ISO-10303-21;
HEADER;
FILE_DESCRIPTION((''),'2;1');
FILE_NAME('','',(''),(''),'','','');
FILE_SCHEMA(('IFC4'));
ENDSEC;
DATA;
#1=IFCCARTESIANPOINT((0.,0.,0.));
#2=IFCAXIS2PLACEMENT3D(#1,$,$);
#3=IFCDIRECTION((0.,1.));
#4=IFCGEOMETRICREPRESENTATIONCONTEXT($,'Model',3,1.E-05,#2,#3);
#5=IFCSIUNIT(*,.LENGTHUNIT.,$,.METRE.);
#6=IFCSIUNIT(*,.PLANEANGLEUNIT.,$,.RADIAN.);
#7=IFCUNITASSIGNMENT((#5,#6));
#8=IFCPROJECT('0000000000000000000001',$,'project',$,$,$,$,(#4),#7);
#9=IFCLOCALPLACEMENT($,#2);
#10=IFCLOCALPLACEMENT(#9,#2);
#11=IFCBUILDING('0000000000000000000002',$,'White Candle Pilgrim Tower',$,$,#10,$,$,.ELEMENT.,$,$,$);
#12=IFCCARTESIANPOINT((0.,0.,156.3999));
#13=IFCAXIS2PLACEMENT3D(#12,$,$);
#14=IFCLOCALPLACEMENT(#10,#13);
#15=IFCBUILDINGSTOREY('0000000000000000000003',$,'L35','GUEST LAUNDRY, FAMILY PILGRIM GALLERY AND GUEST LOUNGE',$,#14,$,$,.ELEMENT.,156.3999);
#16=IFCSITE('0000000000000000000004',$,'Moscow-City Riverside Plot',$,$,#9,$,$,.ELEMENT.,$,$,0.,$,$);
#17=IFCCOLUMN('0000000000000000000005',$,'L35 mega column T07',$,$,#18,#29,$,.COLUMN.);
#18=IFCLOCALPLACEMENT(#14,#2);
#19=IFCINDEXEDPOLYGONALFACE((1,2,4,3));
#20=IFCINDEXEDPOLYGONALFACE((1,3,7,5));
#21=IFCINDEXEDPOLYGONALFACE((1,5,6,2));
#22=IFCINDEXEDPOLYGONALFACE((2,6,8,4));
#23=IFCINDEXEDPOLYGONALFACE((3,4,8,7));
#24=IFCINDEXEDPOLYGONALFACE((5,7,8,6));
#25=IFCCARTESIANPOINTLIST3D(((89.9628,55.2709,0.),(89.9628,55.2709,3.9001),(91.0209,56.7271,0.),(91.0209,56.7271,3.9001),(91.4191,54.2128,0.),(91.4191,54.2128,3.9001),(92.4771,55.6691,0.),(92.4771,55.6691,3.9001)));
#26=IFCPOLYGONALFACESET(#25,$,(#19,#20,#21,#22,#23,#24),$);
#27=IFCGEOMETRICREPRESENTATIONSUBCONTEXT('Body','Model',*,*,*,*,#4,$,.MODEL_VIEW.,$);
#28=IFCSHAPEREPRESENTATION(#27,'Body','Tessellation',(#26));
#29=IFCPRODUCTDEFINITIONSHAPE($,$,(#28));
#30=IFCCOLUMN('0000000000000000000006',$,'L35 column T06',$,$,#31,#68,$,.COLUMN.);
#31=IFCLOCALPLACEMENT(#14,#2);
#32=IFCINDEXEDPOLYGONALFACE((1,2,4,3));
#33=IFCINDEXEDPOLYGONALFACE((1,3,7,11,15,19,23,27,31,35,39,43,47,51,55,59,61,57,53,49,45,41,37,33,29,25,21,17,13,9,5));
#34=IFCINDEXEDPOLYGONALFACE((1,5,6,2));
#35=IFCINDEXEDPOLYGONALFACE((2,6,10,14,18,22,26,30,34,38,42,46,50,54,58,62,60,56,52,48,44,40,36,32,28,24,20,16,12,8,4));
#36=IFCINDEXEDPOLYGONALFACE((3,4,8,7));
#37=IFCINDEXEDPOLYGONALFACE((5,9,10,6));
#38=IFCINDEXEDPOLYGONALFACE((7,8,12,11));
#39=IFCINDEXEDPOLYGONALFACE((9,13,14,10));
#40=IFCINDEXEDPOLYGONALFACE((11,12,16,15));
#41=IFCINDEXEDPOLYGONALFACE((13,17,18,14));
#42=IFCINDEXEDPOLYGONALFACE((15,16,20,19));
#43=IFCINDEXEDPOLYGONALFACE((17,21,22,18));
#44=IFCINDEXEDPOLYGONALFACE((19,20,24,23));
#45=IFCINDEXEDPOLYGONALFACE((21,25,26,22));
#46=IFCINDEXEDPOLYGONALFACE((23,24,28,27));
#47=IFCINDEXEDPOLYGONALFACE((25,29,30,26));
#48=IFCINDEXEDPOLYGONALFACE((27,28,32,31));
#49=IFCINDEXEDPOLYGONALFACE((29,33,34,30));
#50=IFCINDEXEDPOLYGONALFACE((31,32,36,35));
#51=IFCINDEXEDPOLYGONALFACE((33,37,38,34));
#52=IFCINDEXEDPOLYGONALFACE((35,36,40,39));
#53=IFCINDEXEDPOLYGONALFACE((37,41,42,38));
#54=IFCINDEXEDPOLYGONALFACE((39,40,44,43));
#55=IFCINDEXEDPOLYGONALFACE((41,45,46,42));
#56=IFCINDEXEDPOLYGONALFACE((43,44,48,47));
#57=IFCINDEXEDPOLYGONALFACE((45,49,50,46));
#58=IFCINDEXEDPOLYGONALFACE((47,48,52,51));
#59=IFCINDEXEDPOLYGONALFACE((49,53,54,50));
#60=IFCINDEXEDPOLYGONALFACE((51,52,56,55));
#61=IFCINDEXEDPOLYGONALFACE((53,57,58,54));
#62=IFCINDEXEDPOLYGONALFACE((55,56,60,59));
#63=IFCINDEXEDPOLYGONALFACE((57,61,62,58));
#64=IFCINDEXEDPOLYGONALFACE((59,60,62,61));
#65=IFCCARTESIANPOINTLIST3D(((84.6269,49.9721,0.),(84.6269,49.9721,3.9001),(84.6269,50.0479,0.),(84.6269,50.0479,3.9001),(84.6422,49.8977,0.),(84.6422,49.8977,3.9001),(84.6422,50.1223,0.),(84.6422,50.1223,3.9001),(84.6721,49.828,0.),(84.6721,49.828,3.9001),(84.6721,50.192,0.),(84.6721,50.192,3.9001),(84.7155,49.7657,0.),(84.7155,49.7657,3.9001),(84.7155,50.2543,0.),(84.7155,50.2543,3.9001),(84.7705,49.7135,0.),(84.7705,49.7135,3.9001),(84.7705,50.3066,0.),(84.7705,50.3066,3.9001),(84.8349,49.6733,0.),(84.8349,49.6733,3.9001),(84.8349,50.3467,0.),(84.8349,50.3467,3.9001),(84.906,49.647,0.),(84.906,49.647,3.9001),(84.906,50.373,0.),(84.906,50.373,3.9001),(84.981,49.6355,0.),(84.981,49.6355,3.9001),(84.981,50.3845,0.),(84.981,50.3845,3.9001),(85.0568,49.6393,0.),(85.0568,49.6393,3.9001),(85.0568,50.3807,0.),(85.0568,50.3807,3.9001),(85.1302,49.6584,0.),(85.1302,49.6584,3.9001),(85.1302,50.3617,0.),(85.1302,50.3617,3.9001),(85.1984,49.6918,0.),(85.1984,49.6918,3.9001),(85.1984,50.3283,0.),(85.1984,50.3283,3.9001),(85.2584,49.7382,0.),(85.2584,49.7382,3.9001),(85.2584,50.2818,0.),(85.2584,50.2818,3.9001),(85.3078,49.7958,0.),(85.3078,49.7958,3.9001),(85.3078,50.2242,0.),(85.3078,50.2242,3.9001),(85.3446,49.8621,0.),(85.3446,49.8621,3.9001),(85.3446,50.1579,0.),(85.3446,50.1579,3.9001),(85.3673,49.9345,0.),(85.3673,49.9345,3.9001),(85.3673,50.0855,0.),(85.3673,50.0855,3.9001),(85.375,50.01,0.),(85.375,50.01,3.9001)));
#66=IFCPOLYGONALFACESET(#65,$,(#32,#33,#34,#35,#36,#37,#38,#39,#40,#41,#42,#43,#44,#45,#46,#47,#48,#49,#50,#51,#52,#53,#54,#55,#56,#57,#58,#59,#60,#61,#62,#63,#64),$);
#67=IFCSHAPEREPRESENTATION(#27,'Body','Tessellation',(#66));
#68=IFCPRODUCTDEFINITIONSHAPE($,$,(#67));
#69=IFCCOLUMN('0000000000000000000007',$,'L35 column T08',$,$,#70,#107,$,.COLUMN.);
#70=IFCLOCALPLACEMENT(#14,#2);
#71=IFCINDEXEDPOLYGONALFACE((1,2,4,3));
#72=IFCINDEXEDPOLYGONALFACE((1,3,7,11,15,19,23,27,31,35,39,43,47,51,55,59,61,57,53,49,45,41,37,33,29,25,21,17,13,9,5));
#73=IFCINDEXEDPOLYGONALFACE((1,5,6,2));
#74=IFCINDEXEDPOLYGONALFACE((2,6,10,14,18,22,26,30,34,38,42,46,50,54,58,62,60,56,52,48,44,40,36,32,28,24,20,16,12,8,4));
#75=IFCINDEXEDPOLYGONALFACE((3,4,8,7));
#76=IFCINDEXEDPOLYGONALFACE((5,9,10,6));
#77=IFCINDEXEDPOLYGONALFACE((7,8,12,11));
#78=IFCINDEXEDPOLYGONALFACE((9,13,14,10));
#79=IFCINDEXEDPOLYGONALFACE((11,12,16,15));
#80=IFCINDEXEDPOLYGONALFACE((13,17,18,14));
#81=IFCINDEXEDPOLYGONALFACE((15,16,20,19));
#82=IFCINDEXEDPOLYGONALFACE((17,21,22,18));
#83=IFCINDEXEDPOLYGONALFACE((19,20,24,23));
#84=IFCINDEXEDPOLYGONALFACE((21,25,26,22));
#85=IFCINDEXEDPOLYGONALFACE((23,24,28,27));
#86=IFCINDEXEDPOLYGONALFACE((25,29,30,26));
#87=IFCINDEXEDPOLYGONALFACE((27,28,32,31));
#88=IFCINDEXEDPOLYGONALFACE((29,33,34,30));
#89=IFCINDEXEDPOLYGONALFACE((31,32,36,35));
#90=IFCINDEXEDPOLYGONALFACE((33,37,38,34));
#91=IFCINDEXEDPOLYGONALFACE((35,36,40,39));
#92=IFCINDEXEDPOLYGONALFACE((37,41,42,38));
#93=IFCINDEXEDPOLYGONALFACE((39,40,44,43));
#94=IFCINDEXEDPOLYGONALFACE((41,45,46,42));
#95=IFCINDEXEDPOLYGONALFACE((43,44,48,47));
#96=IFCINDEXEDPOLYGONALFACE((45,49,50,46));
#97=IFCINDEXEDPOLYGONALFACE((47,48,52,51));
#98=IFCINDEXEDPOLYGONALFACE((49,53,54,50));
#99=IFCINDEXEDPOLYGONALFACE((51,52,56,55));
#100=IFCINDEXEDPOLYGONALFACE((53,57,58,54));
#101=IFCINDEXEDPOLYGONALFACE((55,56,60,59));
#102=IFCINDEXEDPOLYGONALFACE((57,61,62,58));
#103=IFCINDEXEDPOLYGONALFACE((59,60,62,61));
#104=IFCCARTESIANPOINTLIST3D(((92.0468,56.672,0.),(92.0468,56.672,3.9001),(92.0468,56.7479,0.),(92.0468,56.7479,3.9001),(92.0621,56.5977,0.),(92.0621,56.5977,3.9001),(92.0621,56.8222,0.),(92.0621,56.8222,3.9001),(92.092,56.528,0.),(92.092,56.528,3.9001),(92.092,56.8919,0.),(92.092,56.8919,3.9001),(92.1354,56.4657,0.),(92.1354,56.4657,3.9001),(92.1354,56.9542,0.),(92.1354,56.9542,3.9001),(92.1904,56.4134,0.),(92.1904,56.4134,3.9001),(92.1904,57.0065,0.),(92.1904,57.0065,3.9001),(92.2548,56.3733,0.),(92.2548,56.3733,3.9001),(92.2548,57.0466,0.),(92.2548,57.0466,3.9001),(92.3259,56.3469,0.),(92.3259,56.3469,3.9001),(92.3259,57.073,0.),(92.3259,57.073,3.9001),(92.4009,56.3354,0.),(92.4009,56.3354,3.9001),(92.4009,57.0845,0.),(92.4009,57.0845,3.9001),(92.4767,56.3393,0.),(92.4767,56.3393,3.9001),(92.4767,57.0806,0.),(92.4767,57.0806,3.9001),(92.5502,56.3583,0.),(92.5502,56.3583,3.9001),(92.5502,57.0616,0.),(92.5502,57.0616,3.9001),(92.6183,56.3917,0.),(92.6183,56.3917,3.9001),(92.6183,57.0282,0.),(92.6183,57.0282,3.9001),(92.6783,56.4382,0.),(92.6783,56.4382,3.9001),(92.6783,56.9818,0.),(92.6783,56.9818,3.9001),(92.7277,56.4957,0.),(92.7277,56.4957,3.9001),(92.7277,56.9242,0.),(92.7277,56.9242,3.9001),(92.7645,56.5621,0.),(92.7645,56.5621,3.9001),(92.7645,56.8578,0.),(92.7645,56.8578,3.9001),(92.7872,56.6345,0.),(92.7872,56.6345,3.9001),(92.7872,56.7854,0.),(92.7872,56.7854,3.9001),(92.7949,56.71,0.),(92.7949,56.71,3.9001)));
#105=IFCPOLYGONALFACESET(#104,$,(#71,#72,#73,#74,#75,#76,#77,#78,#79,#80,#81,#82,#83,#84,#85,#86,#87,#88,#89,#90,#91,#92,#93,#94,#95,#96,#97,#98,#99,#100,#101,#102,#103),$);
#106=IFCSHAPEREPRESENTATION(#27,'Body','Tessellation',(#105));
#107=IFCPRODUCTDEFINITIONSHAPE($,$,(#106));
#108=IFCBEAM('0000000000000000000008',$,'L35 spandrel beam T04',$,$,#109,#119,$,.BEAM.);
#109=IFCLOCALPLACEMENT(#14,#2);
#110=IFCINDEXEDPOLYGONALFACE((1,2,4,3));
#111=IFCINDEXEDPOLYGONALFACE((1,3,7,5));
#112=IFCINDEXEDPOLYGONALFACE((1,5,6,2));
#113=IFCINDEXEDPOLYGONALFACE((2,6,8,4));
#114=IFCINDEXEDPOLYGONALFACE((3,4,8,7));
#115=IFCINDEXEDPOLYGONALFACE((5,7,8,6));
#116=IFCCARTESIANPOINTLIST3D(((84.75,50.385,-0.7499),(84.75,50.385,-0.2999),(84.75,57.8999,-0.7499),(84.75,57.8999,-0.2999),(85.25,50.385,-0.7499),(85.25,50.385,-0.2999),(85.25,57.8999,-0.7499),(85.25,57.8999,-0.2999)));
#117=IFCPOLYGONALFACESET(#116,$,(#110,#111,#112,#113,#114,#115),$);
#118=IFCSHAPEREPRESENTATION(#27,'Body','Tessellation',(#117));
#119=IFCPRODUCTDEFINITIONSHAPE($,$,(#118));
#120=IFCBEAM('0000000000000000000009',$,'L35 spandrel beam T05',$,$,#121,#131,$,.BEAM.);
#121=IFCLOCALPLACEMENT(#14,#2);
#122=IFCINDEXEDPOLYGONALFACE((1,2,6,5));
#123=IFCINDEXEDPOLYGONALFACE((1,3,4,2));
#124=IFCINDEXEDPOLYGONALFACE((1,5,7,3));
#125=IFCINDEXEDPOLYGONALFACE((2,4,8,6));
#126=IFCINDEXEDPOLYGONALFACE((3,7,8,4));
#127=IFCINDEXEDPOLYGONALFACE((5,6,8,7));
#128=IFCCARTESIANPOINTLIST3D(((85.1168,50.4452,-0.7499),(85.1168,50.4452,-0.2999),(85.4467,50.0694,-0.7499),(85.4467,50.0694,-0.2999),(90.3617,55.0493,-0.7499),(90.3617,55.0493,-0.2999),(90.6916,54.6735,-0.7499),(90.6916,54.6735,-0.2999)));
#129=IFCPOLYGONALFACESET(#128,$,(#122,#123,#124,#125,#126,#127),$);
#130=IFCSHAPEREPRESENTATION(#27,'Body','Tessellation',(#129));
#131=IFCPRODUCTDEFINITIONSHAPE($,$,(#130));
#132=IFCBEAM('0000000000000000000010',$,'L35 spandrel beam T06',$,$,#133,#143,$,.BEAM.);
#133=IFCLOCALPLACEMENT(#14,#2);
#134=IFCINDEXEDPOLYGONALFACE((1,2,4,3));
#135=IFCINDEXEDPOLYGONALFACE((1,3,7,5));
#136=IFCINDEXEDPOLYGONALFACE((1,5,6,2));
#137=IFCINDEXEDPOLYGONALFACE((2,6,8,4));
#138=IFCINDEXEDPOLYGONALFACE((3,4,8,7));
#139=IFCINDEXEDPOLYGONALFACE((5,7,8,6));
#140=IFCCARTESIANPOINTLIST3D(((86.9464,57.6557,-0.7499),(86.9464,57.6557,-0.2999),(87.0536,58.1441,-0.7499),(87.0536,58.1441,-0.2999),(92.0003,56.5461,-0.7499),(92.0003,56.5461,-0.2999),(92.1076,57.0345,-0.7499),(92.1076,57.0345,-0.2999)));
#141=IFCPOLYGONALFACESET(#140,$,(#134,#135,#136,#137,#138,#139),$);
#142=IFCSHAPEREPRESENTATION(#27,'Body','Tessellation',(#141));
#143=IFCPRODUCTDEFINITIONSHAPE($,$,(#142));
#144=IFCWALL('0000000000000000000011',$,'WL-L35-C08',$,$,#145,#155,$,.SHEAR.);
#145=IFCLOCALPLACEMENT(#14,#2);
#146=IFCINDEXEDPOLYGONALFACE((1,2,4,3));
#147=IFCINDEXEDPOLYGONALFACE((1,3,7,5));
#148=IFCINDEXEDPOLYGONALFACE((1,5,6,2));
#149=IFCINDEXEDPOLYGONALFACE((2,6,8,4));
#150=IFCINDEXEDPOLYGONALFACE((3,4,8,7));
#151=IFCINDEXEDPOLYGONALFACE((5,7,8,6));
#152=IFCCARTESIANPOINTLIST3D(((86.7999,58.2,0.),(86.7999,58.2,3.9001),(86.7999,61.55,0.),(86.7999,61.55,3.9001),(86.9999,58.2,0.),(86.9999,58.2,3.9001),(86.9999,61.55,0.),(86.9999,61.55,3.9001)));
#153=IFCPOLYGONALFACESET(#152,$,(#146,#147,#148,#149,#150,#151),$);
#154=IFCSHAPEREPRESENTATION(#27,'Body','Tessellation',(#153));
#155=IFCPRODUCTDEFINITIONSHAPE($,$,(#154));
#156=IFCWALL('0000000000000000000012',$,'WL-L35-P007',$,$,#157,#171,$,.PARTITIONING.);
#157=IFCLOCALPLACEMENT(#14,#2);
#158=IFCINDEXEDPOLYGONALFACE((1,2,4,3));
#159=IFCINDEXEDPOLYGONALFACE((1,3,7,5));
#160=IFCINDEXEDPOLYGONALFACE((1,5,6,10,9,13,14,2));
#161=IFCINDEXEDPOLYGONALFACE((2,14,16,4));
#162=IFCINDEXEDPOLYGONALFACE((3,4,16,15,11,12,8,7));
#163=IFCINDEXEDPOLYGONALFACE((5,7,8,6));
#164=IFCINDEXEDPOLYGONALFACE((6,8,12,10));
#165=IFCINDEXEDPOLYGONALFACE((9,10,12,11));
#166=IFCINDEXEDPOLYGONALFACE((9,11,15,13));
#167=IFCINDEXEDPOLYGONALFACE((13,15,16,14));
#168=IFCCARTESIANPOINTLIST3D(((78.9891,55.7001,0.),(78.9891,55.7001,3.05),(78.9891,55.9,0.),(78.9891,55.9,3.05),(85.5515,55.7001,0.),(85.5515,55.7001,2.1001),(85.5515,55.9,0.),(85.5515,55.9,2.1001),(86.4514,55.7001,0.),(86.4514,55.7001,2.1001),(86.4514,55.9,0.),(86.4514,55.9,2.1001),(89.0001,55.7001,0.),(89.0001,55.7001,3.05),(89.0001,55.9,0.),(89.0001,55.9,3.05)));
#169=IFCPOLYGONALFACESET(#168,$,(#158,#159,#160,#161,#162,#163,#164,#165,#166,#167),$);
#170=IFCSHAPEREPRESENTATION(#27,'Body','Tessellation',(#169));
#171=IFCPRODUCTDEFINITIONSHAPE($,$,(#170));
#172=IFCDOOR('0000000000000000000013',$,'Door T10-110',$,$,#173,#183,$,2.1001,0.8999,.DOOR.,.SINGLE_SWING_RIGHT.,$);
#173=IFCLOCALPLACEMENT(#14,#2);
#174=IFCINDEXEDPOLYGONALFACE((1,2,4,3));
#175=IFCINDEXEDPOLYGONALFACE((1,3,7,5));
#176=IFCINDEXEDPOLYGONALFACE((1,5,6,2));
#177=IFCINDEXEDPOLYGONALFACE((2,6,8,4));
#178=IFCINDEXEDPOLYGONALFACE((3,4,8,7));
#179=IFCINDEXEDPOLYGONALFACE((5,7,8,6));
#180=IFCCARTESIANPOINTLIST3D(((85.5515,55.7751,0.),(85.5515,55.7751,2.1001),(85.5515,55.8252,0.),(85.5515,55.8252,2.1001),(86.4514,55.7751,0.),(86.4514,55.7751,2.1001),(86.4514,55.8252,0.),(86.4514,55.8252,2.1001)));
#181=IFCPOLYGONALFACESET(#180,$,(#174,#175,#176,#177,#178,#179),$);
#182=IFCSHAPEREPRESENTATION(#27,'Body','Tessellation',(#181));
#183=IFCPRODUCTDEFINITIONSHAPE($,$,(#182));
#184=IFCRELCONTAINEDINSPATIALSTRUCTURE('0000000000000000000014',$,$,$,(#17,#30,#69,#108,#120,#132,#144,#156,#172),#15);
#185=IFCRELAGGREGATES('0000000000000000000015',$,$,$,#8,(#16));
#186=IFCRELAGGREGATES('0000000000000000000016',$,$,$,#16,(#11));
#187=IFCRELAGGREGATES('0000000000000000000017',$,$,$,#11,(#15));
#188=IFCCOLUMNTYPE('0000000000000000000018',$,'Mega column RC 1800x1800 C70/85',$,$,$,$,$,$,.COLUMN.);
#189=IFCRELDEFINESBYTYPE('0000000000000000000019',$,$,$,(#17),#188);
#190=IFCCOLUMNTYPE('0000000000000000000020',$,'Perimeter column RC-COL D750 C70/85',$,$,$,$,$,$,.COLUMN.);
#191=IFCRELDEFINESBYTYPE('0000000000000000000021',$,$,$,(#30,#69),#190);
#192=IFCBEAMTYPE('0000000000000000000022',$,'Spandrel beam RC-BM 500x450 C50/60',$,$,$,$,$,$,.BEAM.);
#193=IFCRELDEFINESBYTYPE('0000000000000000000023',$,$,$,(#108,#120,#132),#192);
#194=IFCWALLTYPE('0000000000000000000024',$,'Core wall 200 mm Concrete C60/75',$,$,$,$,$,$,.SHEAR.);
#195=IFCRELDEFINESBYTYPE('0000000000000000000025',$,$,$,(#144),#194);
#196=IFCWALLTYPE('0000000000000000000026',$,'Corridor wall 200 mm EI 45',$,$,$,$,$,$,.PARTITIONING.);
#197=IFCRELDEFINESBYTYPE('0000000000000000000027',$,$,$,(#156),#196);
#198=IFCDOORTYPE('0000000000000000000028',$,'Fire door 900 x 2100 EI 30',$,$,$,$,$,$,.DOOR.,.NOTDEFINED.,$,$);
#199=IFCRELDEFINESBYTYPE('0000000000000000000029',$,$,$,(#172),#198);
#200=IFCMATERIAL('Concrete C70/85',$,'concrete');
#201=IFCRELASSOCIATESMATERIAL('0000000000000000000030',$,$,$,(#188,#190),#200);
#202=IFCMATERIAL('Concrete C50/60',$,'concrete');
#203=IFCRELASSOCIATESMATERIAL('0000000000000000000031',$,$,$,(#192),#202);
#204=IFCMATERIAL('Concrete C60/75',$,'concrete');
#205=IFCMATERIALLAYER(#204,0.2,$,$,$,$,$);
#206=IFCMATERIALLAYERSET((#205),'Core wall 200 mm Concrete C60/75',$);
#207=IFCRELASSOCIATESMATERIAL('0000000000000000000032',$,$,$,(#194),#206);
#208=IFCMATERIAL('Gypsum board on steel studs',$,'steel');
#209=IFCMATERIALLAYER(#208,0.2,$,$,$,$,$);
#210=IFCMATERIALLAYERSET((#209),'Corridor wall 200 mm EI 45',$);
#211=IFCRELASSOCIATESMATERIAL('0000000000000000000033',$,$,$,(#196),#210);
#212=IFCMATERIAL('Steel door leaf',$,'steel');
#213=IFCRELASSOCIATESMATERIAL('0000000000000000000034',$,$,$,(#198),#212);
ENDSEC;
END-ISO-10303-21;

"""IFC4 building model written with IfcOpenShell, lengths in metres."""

from ifc_helpers import new_model, si_unit, direction, frame, frame_2d, origin, origin_2d, place, context, subcontext, project, spatial, rectangle, circle, extrude, material, layer, layer_set, material_profile, profile_set, type_object, element, fill, save


model = new_model("IFC4")

# Units and contexts
model_context = context("Model", 3, precision=1e-05, world=origin(), true_north=direction((0.0, 1.0)))
body_context = subcontext(model_context, "Body", "Model", "MODEL_VIEW")
ifc_project = project(units=[si_unit("LENGTHUNIT", "METRE"), si_unit("PLANEANGLEUNIT", "RADIAN")], contexts=[model_context])

# Site, building, storey
site_placement = place(None, origin())
site = spatial("IfcSite", under=ifc_project, at=site_placement, Name="Moscow-City Riverside Plot", CompositionType="ELEMENT", RefElevation=0.0)
building_placement = place(site_placement, origin())
building = spatial("IfcBuilding", under=site, at=building_placement, Name="White Candle Pilgrim Tower", CompositionType="ELEMENT")
storey_placement = place(building_placement, frame((0.0, 0.0, 156.3999)))
storey = spatial("IfcBuildingStorey", under=building, at=storey_placement, Name="L35", Description="GUEST LAUNDRY, FAMILY PILGRIM GALLERY AND GUEST LOUNGE", CompositionType="ELEMENT", Elevation=156.3999)

# Columns
ifc_material_1 = material(Name="Concrete C70/85", Category="concrete")
ifc_material_profile_1 = material_profile(ifc_material_1, rectangle(XDim=1.8, YDim=1.8, at=origin_2d()), Name="RC 1800x1800")
ifc_profile_set_1 = profile_set([ifc_material_profile_1], Name="Concrete C70/85")
column_type_1 = type_object("IfcColumnType", Name="Mega column RC 1800x1800 C70/85", PredefinedType="COLUMN", material=ifc_profile_set_1)
column_placement = place(storey_placement, frame((91.22, 55.47, 0.0), z_axis=(0.0, 0.0, 1.0), x_axis=(0.809017, -0.587785, 0.0)))
element("IfcColumn", 1, at=column_placement, inside=storey, type_object=column_type_1, Name="L35 mega column T07", PredefinedType="COLUMN", context=body_context, shape_type="SweptSolid", body=[
    extrude(rectangle(XDim=1.8, YDim=1.8, at=origin_2d()), origin(), (0.0, 0.0, 1.0), 3.9001),
])
ifc_material_profile_2 = material_profile(ifc_material_1, circle(Radius=0.375, at=origin_2d()), Name="RC-COL D750")
ifc_profile_set_2 = profile_set([ifc_material_profile_2], Name="Concrete C70/85")
column_type_2 = type_object("IfcColumnType", Name="Perimeter column RC-COL D750 C70/85", PredefinedType="COLUMN", material=ifc_profile_set_2)
for number, where, z_axis, x_axis, name in (
    (2, (85.0, 50.01, 0.0), (0.0, 0.0, 1.0), (1.0, 0.0, 0.0), "L35 column T06"),
    (3, (92.4199, 56.71, 0.0), (0.0, 0.0, 1.0), (1.0, 0.0, 0.0), "L35 column T08"),
):
    element("IfcColumn", number, at=place(storey_placement, frame(where, z_axis=z_axis, x_axis=x_axis)), inside=storey, type_object=column_type_2, Name=name, PredefinedType="COLUMN", context=body_context, shape_type="SweptSolid", body=[
        extrude(circle(Radius=0.375, at=origin_2d()), origin(), (0.0, 0.0, 1.0), 3.9001),
    ])

# Beams
ifc_material_2 = material(Name="Concrete C50/60", Category="concrete")
ifc_material_profile_3 = material_profile(ifc_material_2, rectangle(XDim=0.5, YDim=0.45, at=origin_2d()), Name="RC-BM 500x450")
ifc_profile_set_3 = profile_set([ifc_material_profile_3], Name="Concrete C50/60")
beam_type = type_object("IfcBeamType", Name="Spandrel beam RC-BM 500x450 C50/60", PredefinedType="BEAM", material=ifc_profile_set_3)
beam_1_placement = place(storey_placement, frame((85.0, 50.385, -0.5249), z_axis=(0.0, 1.0, 0.0), x_axis=(-1.0, 0.0, 0.0)))
element("IfcBeam", 4, at=beam_1_placement, inside=storey, type_object=beam_type, Name="L35 spandrel beam T04", PredefinedType="BEAM", context=body_context, shape_type="SweptSolid", body=[
    extrude(rectangle(XDim=0.5, YDim=0.45, at=origin_2d()), origin(), (0.0, 0.0, 1.0), 7.5149),
])
beam_2_placement = place(storey_placement, frame((85.2817, 50.2573, -0.5249), z_axis=(0.751529, 0.6597, 0.0), x_axis=(-0.6597, 0.751529, 0.0)))
element("IfcBeam", 5, at=beam_2_placement, inside=storey, type_object=beam_type, Name="L35 spandrel beam T05", PredefinedType="BEAM", context=body_context, shape_type="SweptSolid", body=[
    extrude(rectangle(XDim=0.5, YDim=0.45, at=origin_2d()), origin(), (0.0, 0.0, 1.0), 6.979),
])
beam_3_placement = place(storey_placement, frame((92.054, 56.7903, -0.5249), z_axis=(-0.976736, 0.214447, 0.0), x_axis=(-0.214447, -0.976736, 0.0)))
element("IfcBeam", 6, at=beam_3_placement, inside=storey, type_object=beam_type, Name="L35 spandrel beam T06", PredefinedType="BEAM", context=body_context, shape_type="SweptSolid", body=[
    extrude(rectangle(XDim=0.5, YDim=0.45, at=origin_2d()), origin(), (0.0, 0.0, 1.0), 5.1743),
])

# Wall
ifc_material_3 = material(Name="Concrete C60/75", Category="concrete")
ifc_layer_1 = layer(ifc_material_3, 0.2)
ifc_layer_set_1 = layer_set([ifc_layer_1], Name="Core wall 200 mm Concrete C60/75")
wall_type_1 = type_object("IfcWallType", Name="Core wall 200 mm Concrete C60/75", PredefinedType="SHEAR", material=ifc_layer_set_1)
wall_1_placement = place(storey_placement, frame((86.8999, 58.2, 0.0), z_axis=(0.0, 0.0, 1.0), x_axis=(0.0, 1.0, 0.0)))
element("IfcWall", 7, at=wall_1_placement, inside=storey, type_object=wall_type_1, Name="WL-L35-C08", PredefinedType="SHEAR", context=body_context, shape_type="SweptSolid", body=[
    extrude(rectangle(XDim=3.3501, YDim=0.2, at=frame_2d((1.675, 0.0))), origin(), (0.0, 0.0, 1.0), 3.9001),
])

# Wall, opening, door
ifc_material_4 = material(Name="Gypsum board on steel studs", Category="steel")
ifc_layer_2 = layer(ifc_material_4, 0.2)
ifc_layer_set_2 = layer_set([ifc_layer_2], Name="Corridor wall 200 mm EI 45")
wall_type_2 = type_object("IfcWallType", Name="Corridor wall 200 mm EI 45", PredefinedType="PARTITIONING", material=ifc_layer_set_2)
wall_2_placement = place(storey_placement, frame((89.0, 55.8, 0.0), z_axis=(0.0, 0.0, 1.0), x_axis=(-1.0, 0.0, 0.0)))
wall_2 = element("IfcWall", 8, at=wall_2_placement, inside=storey, type_object=wall_type_2, Name="WL-L35-P007", PredefinedType="PARTITIONING", context=body_context, shape_type="SweptSolid", body=[
    extrude(rectangle(XDim=10.011, YDim=0.2, at=frame_2d((5.0054, 0.0))), origin(), (0.0, 0.0, 1.0), 3.05),
])
opening_1_placement = place(wall_2_placement, frame((2.5486, 0.0, 0.0)))
opening_1 = element("IfcOpeningElement", 9, at=opening_1_placement, cuts=wall_2, PredefinedType="OPENING", context=body_context, shape_type="SweptSolid", body=[
    extrude(rectangle(XDim=0.8999, YDim=2.1001, at=frame_2d((0.45, 1.05))), frame((0.0, 0.1099, 0.0), z_axis=(0.0, -1.0, 0.0), x_axis=(1.0, 0.0, 0.0)), (0.0, 0.0, 1.0), 0.22),
])
ifc_material_5 = material(Name="Steel door leaf", Category="steel")
door_type_1 = type_object("IfcDoorType", Name="Fire door 900 x 2100 EI 30", OperationType="NOTDEFINED", PredefinedType="DOOR", material=ifc_material_5)
door_1_placement = place(opening_1_placement, origin())
door_1 = element("IfcDoor", 10, at=door_1_placement, inside=storey, type_object=door_type_1, Name="Door T10-110", OperationType="SINGLE_SWING_RIGHT", OverallHeight=2.1001, OverallWidth=0.8999, PredefinedType="DOOR", context=body_context, shape_type="SweptSolid", body=[
    extrude(rectangle(XDim=0.8999, YDim=2.1001, at=frame_2d((0.45, 1.05))), frame((0.0, 0.0249, 0.0), z_axis=(0.0, -1.0, 0.0), x_axis=(1.0, 0.0, 0.0)), (0.0, 0.0, 1.0), 0.05),
])
fill(opening_1, door_1)

save(model, "model.ifc")
